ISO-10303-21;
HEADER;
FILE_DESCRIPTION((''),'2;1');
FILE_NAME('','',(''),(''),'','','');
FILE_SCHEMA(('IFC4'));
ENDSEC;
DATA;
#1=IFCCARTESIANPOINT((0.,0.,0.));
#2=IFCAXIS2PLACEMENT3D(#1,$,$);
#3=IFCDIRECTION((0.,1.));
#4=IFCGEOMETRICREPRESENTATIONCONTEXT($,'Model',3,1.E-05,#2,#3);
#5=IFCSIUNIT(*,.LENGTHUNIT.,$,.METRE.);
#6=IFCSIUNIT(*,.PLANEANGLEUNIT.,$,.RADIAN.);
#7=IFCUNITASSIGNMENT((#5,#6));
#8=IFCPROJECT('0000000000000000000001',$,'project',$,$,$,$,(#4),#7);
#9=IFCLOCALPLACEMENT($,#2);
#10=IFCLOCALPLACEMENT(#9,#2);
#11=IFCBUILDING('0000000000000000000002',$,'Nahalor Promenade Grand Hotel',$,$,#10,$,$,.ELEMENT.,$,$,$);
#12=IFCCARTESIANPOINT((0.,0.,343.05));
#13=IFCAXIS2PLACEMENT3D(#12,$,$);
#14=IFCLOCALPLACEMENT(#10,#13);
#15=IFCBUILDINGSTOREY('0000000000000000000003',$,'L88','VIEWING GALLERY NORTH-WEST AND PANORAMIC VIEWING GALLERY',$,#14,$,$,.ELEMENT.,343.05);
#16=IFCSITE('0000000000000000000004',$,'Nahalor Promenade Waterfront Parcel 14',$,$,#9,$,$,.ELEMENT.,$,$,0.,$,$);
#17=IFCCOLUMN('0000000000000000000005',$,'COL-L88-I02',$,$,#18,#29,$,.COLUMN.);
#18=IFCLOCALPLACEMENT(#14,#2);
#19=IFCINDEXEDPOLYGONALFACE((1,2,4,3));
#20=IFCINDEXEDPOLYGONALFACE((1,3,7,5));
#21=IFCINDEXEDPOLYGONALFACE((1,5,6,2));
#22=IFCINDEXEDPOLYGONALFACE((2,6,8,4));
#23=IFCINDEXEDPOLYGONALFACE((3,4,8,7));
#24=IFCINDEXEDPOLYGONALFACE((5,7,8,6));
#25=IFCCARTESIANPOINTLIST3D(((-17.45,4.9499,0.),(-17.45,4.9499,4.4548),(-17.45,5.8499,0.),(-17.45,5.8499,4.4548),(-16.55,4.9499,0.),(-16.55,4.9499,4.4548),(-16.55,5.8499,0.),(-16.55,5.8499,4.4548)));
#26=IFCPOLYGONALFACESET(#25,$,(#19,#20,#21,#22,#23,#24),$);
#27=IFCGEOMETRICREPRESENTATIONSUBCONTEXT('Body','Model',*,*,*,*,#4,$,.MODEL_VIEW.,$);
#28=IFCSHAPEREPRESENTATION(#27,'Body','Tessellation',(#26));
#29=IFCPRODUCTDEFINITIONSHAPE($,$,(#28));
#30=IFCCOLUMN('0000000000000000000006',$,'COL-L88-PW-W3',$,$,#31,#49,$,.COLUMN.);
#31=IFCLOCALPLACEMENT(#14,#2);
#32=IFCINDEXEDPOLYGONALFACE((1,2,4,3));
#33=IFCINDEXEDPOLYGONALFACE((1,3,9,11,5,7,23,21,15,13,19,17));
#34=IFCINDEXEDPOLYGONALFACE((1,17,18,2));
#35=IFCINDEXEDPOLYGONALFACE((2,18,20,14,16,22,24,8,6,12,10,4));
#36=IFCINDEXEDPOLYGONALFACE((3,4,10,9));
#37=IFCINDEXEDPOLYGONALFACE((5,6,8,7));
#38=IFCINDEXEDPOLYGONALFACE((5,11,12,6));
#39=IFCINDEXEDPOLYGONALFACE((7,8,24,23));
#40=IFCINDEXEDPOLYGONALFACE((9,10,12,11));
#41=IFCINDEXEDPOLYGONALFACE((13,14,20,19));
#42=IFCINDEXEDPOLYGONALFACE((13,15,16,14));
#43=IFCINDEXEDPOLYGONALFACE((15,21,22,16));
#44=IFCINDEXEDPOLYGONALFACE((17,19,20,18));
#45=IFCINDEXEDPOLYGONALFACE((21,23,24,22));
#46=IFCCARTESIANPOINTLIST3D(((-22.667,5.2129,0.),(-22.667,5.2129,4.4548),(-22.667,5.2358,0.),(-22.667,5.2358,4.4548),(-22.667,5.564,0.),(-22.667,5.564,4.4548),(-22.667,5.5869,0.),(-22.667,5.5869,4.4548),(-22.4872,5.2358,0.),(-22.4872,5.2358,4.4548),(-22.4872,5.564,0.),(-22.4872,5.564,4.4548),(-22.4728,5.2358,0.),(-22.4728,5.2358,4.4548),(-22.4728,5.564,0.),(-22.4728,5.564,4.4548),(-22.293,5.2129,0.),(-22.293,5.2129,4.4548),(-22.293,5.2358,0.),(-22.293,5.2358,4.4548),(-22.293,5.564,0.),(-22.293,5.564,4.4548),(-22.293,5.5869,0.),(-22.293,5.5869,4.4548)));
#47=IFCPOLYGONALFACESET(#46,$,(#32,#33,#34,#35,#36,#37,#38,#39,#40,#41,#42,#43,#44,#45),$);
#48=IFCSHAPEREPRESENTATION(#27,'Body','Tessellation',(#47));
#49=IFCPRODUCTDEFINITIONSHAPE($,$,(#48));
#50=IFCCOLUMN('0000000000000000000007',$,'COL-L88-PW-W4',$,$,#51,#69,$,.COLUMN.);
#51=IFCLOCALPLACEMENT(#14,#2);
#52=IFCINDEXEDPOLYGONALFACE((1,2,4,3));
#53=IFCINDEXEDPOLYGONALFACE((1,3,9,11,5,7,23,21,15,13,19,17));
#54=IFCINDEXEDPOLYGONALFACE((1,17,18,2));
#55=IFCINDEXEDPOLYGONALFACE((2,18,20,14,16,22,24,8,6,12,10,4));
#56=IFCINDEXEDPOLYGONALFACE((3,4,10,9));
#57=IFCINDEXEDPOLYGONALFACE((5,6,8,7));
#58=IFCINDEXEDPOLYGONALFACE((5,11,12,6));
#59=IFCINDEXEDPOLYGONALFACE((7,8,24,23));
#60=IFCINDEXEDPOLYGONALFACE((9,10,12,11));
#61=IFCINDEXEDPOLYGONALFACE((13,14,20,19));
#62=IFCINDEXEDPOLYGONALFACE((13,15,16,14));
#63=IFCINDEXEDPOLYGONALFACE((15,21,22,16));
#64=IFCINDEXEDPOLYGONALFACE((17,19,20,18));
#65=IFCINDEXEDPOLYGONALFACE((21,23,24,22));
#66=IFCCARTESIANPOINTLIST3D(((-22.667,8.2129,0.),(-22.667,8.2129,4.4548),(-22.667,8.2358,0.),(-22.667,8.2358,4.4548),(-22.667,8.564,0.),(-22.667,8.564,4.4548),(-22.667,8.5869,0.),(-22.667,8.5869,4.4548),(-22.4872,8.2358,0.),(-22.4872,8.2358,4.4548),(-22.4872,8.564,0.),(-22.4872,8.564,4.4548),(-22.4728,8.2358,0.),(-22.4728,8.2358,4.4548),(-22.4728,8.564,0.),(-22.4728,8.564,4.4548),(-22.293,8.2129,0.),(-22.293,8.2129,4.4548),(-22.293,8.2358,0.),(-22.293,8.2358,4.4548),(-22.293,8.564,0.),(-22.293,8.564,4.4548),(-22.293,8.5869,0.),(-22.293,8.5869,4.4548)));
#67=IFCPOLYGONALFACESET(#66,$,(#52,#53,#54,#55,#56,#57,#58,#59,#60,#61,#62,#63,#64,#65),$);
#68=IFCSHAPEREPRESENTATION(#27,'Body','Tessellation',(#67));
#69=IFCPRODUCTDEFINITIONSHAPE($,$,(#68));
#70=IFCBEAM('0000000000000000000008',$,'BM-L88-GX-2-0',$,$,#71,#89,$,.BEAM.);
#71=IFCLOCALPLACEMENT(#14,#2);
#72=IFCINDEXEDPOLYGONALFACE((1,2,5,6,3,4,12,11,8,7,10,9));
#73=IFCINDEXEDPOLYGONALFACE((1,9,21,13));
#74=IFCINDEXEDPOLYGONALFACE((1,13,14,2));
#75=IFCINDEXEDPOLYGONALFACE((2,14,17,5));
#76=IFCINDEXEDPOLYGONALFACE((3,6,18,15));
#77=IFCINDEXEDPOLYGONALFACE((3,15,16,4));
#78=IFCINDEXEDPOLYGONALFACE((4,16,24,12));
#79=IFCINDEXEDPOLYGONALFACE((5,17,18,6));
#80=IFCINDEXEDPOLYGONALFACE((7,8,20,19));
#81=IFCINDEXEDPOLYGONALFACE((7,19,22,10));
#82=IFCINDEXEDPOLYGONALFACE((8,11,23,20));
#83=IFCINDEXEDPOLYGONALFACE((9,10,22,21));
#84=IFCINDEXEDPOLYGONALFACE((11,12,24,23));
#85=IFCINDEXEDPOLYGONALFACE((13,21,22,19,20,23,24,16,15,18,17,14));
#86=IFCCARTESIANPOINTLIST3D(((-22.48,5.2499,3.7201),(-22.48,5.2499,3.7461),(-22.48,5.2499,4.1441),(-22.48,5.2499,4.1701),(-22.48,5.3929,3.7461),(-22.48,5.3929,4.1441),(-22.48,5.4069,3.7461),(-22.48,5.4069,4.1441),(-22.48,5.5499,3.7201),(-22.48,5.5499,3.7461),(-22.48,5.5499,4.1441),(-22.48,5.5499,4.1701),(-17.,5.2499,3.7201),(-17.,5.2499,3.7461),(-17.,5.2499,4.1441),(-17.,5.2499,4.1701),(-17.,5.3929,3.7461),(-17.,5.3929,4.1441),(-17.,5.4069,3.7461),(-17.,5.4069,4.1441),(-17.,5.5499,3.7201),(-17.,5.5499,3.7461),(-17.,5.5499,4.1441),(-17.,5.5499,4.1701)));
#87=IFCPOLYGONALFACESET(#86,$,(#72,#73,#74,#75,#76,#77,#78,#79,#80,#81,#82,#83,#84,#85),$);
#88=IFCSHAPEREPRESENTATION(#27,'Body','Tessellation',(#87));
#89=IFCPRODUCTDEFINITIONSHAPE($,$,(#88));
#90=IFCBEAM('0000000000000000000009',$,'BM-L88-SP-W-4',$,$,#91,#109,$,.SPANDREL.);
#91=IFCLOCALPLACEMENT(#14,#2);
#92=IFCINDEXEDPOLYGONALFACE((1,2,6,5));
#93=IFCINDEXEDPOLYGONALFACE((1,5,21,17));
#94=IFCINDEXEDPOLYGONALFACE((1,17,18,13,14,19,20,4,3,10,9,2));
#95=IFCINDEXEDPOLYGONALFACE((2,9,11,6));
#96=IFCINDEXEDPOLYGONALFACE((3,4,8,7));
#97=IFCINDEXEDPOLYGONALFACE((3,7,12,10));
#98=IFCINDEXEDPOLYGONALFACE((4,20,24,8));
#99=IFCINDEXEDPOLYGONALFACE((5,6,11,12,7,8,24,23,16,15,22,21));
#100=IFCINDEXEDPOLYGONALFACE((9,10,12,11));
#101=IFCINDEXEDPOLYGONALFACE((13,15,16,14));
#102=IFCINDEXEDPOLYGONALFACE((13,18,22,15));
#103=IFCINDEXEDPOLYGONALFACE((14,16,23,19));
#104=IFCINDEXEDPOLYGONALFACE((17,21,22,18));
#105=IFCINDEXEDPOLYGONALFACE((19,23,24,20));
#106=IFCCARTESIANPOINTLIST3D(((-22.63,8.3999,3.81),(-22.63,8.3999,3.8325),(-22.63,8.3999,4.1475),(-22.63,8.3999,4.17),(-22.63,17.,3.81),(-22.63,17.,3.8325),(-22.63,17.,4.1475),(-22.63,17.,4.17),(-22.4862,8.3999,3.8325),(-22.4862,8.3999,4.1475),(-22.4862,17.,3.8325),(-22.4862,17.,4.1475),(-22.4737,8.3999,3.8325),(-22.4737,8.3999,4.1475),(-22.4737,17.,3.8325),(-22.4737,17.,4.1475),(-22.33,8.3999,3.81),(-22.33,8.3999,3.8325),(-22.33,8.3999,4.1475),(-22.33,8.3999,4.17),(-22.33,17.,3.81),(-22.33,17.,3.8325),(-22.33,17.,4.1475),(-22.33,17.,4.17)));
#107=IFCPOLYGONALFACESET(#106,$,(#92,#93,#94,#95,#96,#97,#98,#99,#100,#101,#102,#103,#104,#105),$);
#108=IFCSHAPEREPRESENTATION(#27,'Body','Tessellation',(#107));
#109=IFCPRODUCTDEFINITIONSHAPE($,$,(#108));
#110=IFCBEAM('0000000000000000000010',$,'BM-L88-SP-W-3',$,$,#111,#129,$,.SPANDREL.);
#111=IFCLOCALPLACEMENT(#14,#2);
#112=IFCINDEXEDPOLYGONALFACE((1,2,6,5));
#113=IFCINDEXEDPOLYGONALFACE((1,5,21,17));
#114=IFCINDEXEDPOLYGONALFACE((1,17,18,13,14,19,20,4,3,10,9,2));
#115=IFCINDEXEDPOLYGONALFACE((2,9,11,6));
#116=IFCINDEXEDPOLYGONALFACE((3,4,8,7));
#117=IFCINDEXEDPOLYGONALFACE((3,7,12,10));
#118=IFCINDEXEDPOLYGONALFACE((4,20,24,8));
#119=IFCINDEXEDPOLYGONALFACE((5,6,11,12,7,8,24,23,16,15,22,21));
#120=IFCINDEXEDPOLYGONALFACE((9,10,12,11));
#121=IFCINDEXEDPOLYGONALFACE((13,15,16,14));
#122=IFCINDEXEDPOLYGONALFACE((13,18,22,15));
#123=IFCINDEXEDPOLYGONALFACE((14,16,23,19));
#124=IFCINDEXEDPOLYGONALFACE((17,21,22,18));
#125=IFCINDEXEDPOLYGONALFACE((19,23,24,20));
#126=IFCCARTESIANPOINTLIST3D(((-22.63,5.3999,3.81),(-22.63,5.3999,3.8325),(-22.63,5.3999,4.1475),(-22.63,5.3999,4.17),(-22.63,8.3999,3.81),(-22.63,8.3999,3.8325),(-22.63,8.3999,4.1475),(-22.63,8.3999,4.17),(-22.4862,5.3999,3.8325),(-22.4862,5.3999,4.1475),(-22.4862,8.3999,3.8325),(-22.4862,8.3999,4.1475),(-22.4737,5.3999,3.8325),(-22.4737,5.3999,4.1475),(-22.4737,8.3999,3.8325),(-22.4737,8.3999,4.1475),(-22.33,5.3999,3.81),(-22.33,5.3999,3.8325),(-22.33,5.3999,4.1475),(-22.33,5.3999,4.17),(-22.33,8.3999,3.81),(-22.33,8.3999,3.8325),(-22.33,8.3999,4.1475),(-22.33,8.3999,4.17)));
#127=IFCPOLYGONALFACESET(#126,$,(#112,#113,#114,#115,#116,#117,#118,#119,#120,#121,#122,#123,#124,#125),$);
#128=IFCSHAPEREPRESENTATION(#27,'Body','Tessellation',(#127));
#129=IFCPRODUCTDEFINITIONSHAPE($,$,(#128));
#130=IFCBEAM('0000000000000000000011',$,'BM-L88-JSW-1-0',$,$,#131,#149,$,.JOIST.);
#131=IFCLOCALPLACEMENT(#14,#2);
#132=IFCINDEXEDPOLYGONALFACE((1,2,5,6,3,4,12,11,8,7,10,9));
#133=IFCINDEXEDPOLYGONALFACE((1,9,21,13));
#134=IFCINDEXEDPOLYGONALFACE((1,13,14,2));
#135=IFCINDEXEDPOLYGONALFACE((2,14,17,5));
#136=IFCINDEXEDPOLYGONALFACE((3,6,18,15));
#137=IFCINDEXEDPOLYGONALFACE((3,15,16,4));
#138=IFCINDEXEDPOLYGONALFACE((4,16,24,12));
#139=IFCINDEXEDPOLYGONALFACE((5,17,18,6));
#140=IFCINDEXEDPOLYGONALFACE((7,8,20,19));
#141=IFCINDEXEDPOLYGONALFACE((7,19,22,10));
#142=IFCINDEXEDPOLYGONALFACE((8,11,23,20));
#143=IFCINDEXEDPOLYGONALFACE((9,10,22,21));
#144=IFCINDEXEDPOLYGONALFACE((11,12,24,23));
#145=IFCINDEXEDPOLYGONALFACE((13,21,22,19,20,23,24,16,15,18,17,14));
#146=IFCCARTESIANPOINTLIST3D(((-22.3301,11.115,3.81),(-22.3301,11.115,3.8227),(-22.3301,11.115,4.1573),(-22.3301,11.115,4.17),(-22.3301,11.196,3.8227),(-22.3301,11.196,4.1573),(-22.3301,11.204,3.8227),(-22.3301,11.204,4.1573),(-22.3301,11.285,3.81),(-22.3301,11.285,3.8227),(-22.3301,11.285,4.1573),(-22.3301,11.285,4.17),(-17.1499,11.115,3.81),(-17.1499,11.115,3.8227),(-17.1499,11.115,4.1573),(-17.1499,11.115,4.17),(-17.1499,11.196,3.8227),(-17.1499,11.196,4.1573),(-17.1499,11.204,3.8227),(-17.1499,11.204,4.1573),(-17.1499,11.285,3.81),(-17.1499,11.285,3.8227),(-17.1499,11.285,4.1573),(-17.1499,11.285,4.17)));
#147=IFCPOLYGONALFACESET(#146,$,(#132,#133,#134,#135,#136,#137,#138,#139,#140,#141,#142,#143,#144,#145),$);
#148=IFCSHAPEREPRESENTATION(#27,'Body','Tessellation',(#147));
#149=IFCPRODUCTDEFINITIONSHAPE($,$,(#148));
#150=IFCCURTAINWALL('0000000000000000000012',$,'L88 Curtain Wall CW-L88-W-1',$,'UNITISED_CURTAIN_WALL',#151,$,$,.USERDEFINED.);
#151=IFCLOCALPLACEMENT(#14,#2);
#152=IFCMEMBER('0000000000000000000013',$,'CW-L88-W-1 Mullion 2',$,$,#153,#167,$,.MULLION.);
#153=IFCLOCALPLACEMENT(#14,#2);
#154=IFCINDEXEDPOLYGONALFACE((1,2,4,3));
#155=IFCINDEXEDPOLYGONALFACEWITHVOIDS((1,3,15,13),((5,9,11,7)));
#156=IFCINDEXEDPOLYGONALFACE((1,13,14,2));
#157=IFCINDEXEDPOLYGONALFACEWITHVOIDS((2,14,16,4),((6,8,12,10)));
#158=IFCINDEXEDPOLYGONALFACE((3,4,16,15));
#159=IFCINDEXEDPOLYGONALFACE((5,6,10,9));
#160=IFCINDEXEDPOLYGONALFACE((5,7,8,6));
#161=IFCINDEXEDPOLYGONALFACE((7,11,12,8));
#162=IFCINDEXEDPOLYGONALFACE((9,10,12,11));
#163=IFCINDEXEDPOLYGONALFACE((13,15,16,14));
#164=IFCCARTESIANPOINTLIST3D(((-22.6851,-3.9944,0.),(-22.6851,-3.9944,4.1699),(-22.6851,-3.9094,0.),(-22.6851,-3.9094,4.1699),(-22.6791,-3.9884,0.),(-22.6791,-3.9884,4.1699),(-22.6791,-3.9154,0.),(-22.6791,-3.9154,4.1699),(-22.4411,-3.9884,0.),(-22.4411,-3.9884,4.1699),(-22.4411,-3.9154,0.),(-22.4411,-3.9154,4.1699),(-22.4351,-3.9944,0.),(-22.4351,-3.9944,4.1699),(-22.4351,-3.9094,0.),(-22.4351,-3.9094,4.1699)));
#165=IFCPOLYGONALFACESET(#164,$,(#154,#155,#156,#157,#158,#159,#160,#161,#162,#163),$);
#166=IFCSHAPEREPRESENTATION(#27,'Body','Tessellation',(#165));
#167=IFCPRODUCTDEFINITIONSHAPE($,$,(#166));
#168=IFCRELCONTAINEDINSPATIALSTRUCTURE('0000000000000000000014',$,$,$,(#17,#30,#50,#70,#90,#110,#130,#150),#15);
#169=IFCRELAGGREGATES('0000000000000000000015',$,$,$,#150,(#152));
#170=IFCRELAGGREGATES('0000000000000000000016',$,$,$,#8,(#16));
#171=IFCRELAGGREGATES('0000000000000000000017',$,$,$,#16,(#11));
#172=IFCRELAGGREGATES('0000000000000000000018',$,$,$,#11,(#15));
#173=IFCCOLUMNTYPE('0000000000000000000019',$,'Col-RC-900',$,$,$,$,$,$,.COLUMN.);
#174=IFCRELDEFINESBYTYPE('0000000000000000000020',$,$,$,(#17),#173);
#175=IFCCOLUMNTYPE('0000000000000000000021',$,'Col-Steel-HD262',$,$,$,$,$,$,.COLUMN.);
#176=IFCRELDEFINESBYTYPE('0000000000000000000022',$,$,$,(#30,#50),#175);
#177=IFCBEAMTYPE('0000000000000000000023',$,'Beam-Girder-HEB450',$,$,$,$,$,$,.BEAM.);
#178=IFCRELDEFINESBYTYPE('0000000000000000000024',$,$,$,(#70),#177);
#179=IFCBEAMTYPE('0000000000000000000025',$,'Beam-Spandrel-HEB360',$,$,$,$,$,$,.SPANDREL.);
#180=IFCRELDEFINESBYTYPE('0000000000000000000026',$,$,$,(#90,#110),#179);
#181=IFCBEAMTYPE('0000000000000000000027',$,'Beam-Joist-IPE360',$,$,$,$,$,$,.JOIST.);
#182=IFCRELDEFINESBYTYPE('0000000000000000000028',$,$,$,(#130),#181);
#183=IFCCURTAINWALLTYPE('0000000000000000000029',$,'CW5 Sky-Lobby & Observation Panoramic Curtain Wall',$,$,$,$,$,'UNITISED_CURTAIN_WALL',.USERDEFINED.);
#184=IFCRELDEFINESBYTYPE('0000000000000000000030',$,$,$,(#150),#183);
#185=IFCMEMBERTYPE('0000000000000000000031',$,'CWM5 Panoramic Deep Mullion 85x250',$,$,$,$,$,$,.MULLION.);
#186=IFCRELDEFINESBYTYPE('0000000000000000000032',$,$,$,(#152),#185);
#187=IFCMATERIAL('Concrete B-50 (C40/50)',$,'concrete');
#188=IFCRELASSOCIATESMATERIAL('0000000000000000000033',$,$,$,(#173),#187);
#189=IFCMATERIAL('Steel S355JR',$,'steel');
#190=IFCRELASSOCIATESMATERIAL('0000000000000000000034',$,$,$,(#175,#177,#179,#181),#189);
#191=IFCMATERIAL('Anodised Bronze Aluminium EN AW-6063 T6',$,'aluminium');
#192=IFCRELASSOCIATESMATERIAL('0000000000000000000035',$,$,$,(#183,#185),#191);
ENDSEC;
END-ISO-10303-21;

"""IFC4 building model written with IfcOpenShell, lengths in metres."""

from ifc_helpers import new_model, si_unit, direction, frame, origin, origin_2d, place, context, subcontext, project, spatial, rectangle, hollow_rectangle, i_section, extrude, source, transform, mapped, material, material_profile, profile_set, type_object, element, aggregate, save


model = new_model("IFC4")

# Units and contexts
model_context = context("Model", 3, precision=1e-05, world=origin(), true_north=direction((0.0, 1.0)))
body_context = subcontext(model_context, "Body", "Model", "MODEL_VIEW")
ifc_project = project(units=[si_unit("LENGTHUNIT", "METRE"), si_unit("PLANEANGLEUNIT", "RADIAN")], contexts=[model_context])

# Site, building, storey
site_placement = place(None, origin())
site = spatial("IfcSite", under=ifc_project, at=site_placement, Name="Nahalor Promenade Waterfront Parcel 14", CompositionType="ELEMENT", RefElevation=0.0)
building_placement = place(site_placement, origin())
building = spatial("IfcBuilding", under=site, at=building_placement, Name="Nahalor Promenade Grand Hotel", CompositionType="ELEMENT")
storey_placement = place(building_placement, frame((0.0, 0.0, 343.05)))
storey = spatial("IfcBuildingStorey", under=building, at=storey_placement, Name="L88", Description="VIEWING GALLERY NORTH-WEST AND PANORAMIC VIEWING GALLERY", CompositionType="ELEMENT", Elevation=343.05)

# Columns
ifc_material_1 = material(Name="Concrete B-50 (C40/50)", Category="concrete")
ifc_material_profile_1 = material_profile(ifc_material_1, rectangle(XDim=0.9, YDim=0.9, at=origin_2d()), Name="RC 900x900")
ifc_profile_set_1 = profile_set([ifc_material_profile_1], Name="Concrete B-50 (C40/50)")
column_type_1 = type_object("IfcColumnType", Name="Col-RC-900", PredefinedType="COLUMN", material=ifc_profile_set_1)
shared_shape_1 = source(origin(), body_context, "Body", "SweptSolid", [
    extrude(rectangle(XDim=0.9, YDim=0.9, at=origin_2d()), origin(), (0.0, 0.0, 1.0), 4.4548),
])
column_placement = place(storey_placement, frame((-17.0, 5.3999, 0.0), z_axis=(0.0, 0.0, 1.0), x_axis=(1.0, 0.0, 0.0)))
element("IfcColumn", 1, at=column_placement, inside=storey, type_object=column_type_1, Name="COL-L88-I02", PredefinedType="COLUMN", context=body_context, shape_type="MappedRepresentation", body=[
    mapped(shared_shape_1, transform((0.0, 0.0, 0.0), scale=1.0)),
])
ifc_material_2 = material(Name="Steel S355JR", Category="steel")
ifc_material_profile_2 = material_profile(ifc_material_2, i_section(OverallWidth=0.374, OverallDepth=0.374, WebThickness=0.0144, FlangeThickness=0.0229, at=origin_2d()), Name="HD 360x262")
ifc_profile_set_2 = profile_set([ifc_material_profile_2], Name="Steel S355JR")
column_type_2 = type_object("IfcColumnType", Name="Col-Steel-HD262", PredefinedType="COLUMN", material=ifc_profile_set_2)
shared_shape_2 = source(origin(), body_context, "Body", "SweptSolid", [
    extrude(i_section(OverallWidth=0.374, OverallDepth=0.374, WebThickness=0.0144, FlangeThickness=0.0229, at=origin_2d()), origin(), (0.0, 0.0, 1.0), 4.4548),
])
for number, where, z_axis, x_axis, name in (
    (2, (-22.48, 5.3999, 0.0), (0.0, 0.0, 1.0), (1.0, 0.0, 0.0), "COL-L88-PW-W3"),
    (3, (-22.48, 8.3999, 0.0), (0.0, 0.0, 1.0), (1.0, 0.0, 0.0), "COL-L88-PW-W4"),
):
    element("IfcColumn", number, at=place(storey_placement, frame(where, z_axis=z_axis, x_axis=x_axis)), inside=storey, type_object=column_type_2, Name=name, PredefinedType="COLUMN", context=body_context, shape_type="MappedRepresentation", body=[
        mapped(shared_shape_2, transform((0.0, 0.0, 0.0), scale=1.0)),
    ])

# Beams
ifc_material_profile_3 = material_profile(ifc_material_2, i_section(OverallWidth=0.3, OverallDepth=0.45, WebThickness=0.014, FlangeThickness=0.026, at=origin_2d()), Name="HEB 450")
ifc_profile_set_3 = profile_set([ifc_material_profile_3], Name="Steel S355JR")
beam_type_1 = type_object("IfcBeamType", Name="Beam-Girder-HEB450", PredefinedType="BEAM", material=ifc_profile_set_3)
shared_shape_3 = source(origin(), body_context, "Body", "SweptSolid", [
    extrude(i_section(OverallWidth=0.3, OverallDepth=0.45, WebThickness=0.014, FlangeThickness=0.026, at=origin_2d()), origin(), (0.0, 0.0, 1.0), 5.48),
])
beam_1_placement = place(storey_placement, frame((-22.48, 5.3999, 3.9451), z_axis=(1.0, 0.0, 0.0), x_axis=(0.0, 1.0, 0.0)))
element("IfcBeam", 4, at=beam_1_placement, inside=storey, type_object=beam_type_1, Name="BM-L88-GX-2-0", PredefinedType="BEAM", context=body_context, shape_type="MappedRepresentation", body=[
    mapped(shared_shape_3, transform((0.0, 0.0, 0.0), scale=1.0)),
])
ifc_material_profile_4 = material_profile(ifc_material_2, i_section(OverallWidth=0.3, OverallDepth=0.36, WebThickness=0.0125, FlangeThickness=0.0225, at=origin_2d()), Name="HEB 360")
ifc_profile_set_4 = profile_set([ifc_material_profile_4], Name="Steel S355JR")
beam_type_2 = type_object("IfcBeamType", Name="Beam-Spandrel-HEB360", PredefinedType="SPANDREL", material=ifc_profile_set_4)
shared_shape_4 = source(origin(), body_context, "Body", "SweptSolid", [
    extrude(i_section(OverallWidth=0.3, OverallDepth=0.36, WebThickness=0.0125, FlangeThickness=0.0225, at=origin_2d()), origin(), (0.0, 0.0, 1.0), 8.6001),
])
beam_2_placement = place(storey_placement, frame((-22.48, 8.3999, 3.99), z_axis=(0.0, 1.0, 0.0), x_axis=(-1.0, 0.0, 0.0)))
element("IfcBeam", 5, at=beam_2_placement, inside=storey, type_object=beam_type_2, Name="BM-L88-SP-W-4", PredefinedType="SPANDREL", context=body_context, shape_type="MappedRepresentation", body=[
    mapped(shared_shape_4, transform((0.0, 0.0, 0.0), scale=1.0)),
])
shared_shape_5 = source(origin(), body_context, "Body", "SweptSolid", [
    extrude(i_section(OverallWidth=0.3, OverallDepth=0.36, WebThickness=0.0125, FlangeThickness=0.0225, at=origin_2d()), origin(), (0.0, 0.0, 1.0), 3.0),
])
beam_3_placement = place(storey_placement, frame((-22.48, 5.3999, 3.99), z_axis=(0.0, 1.0, 0.0), x_axis=(-1.0, 0.0, 0.0)))
element("IfcBeam", 6, at=beam_3_placement, inside=storey, type_object=beam_type_2, Name="BM-L88-SP-W-3", PredefinedType="SPANDREL", context=body_context, shape_type="MappedRepresentation", body=[
    mapped(shared_shape_5, transform((0.0, 0.0, 0.0), scale=1.0)),
])
ifc_material_profile_5 = material_profile(ifc_material_2, i_section(OverallWidth=0.17, OverallDepth=0.36, WebThickness=0.008, FlangeThickness=0.0127, at=origin_2d()), Name="IPE 360")
ifc_profile_set_5 = profile_set([ifc_material_profile_5], Name="Steel S355JR")
beam_type_3 = type_object("IfcBeamType", Name="Beam-Joist-IPE360", PredefinedType="JOIST", material=ifc_profile_set_5)
shared_shape_6 = source(origin(), body_context, "Body", "SweptSolid", [
    extrude(i_section(OverallWidth=0.17, OverallDepth=0.36, WebThickness=0.008, FlangeThickness=0.0127, at=origin_2d()), origin(), (0.0, 0.0, 1.0), 5.1802),
])
beam_4_placement = place(storey_placement, frame((-22.3301, 11.2, 3.99), z_axis=(1.0, 0.0, 0.0), x_axis=(0.0, 1.0, 0.0)))
element("IfcBeam", 7, at=beam_4_placement, inside=storey, type_object=beam_type_3, Name="BM-L88-JSW-1-0", PredefinedType="JOIST", context=body_context, shape_type="MappedRepresentation", body=[
    mapped(shared_shape_6, transform((0.0, 0.0, 0.0), scale=1.0)),
])

# Curtain wall, member
ifc_material_3 = material(Name="Anodised Bronze Aluminium EN AW-6063 T6", Category="aluminium")
curtain_wall_type = type_object("IfcCurtainWallType", Name="CW5 Sky-Lobby & Observation Panoramic Curtain Wall", ElementType="UNITISED_CURTAIN_WALL", PredefinedType="USERDEFINED", material=ifc_material_3)
curtain_wall_placement = place(storey_placement, origin())
curtain_wall = element("IfcCurtainWall", 8, at=curtain_wall_placement, inside=storey, type_object=curtain_wall_type, Name="L88 Curtain Wall CW-L88-W-1", ObjectType="UNITISED_CURTAIN_WALL", PredefinedType="USERDEFINED")
ifc_material_profile_6 = material_profile(ifc_material_3, hollow_rectangle(XDim=0.085, YDim=0.25, WallThickness=0.006, at=origin_2d()), Name="CWM 85x250x6")
ifc_profile_set_6 = profile_set([ifc_material_profile_6], Name="Anodised Bronze Aluminium EN AW-6063 T6")
member_type_1 = type_object("IfcMemberType", Name="CWM5 Panoramic Deep Mullion 85x250", PredefinedType="MULLION", material=ifc_profile_set_6)
shared_shape_7 = source(origin(), body_context, "Body", "SweptSolid", [
    extrude(hollow_rectangle(XDim=0.085, YDim=0.25, WallThickness=0.006, at=origin_2d()), origin(), (0.0, 0.0, 1.0), 4.1699),
])
member_1_placement = place(storey_placement, frame((-22.5601, -3.9519, 0.0), z_axis=(0.0, 0.0, 1.0), x_axis=(0.0, 1.0, 0.0)))
member_1 = element("IfcMember", 9, at=member_1_placement, type_object=member_type_1, Name="CW-L88-W-1 Mullion 2", PredefinedType="MULLION", context=body_context, shape_type="MappedRepresentation", body=[
    mapped(shared_shape_7, transform((0.0, 0.0, 0.0), scale=1.0)),
])
aggregate(curtain_wall, [member_1])

save(model, "model.ifc")
